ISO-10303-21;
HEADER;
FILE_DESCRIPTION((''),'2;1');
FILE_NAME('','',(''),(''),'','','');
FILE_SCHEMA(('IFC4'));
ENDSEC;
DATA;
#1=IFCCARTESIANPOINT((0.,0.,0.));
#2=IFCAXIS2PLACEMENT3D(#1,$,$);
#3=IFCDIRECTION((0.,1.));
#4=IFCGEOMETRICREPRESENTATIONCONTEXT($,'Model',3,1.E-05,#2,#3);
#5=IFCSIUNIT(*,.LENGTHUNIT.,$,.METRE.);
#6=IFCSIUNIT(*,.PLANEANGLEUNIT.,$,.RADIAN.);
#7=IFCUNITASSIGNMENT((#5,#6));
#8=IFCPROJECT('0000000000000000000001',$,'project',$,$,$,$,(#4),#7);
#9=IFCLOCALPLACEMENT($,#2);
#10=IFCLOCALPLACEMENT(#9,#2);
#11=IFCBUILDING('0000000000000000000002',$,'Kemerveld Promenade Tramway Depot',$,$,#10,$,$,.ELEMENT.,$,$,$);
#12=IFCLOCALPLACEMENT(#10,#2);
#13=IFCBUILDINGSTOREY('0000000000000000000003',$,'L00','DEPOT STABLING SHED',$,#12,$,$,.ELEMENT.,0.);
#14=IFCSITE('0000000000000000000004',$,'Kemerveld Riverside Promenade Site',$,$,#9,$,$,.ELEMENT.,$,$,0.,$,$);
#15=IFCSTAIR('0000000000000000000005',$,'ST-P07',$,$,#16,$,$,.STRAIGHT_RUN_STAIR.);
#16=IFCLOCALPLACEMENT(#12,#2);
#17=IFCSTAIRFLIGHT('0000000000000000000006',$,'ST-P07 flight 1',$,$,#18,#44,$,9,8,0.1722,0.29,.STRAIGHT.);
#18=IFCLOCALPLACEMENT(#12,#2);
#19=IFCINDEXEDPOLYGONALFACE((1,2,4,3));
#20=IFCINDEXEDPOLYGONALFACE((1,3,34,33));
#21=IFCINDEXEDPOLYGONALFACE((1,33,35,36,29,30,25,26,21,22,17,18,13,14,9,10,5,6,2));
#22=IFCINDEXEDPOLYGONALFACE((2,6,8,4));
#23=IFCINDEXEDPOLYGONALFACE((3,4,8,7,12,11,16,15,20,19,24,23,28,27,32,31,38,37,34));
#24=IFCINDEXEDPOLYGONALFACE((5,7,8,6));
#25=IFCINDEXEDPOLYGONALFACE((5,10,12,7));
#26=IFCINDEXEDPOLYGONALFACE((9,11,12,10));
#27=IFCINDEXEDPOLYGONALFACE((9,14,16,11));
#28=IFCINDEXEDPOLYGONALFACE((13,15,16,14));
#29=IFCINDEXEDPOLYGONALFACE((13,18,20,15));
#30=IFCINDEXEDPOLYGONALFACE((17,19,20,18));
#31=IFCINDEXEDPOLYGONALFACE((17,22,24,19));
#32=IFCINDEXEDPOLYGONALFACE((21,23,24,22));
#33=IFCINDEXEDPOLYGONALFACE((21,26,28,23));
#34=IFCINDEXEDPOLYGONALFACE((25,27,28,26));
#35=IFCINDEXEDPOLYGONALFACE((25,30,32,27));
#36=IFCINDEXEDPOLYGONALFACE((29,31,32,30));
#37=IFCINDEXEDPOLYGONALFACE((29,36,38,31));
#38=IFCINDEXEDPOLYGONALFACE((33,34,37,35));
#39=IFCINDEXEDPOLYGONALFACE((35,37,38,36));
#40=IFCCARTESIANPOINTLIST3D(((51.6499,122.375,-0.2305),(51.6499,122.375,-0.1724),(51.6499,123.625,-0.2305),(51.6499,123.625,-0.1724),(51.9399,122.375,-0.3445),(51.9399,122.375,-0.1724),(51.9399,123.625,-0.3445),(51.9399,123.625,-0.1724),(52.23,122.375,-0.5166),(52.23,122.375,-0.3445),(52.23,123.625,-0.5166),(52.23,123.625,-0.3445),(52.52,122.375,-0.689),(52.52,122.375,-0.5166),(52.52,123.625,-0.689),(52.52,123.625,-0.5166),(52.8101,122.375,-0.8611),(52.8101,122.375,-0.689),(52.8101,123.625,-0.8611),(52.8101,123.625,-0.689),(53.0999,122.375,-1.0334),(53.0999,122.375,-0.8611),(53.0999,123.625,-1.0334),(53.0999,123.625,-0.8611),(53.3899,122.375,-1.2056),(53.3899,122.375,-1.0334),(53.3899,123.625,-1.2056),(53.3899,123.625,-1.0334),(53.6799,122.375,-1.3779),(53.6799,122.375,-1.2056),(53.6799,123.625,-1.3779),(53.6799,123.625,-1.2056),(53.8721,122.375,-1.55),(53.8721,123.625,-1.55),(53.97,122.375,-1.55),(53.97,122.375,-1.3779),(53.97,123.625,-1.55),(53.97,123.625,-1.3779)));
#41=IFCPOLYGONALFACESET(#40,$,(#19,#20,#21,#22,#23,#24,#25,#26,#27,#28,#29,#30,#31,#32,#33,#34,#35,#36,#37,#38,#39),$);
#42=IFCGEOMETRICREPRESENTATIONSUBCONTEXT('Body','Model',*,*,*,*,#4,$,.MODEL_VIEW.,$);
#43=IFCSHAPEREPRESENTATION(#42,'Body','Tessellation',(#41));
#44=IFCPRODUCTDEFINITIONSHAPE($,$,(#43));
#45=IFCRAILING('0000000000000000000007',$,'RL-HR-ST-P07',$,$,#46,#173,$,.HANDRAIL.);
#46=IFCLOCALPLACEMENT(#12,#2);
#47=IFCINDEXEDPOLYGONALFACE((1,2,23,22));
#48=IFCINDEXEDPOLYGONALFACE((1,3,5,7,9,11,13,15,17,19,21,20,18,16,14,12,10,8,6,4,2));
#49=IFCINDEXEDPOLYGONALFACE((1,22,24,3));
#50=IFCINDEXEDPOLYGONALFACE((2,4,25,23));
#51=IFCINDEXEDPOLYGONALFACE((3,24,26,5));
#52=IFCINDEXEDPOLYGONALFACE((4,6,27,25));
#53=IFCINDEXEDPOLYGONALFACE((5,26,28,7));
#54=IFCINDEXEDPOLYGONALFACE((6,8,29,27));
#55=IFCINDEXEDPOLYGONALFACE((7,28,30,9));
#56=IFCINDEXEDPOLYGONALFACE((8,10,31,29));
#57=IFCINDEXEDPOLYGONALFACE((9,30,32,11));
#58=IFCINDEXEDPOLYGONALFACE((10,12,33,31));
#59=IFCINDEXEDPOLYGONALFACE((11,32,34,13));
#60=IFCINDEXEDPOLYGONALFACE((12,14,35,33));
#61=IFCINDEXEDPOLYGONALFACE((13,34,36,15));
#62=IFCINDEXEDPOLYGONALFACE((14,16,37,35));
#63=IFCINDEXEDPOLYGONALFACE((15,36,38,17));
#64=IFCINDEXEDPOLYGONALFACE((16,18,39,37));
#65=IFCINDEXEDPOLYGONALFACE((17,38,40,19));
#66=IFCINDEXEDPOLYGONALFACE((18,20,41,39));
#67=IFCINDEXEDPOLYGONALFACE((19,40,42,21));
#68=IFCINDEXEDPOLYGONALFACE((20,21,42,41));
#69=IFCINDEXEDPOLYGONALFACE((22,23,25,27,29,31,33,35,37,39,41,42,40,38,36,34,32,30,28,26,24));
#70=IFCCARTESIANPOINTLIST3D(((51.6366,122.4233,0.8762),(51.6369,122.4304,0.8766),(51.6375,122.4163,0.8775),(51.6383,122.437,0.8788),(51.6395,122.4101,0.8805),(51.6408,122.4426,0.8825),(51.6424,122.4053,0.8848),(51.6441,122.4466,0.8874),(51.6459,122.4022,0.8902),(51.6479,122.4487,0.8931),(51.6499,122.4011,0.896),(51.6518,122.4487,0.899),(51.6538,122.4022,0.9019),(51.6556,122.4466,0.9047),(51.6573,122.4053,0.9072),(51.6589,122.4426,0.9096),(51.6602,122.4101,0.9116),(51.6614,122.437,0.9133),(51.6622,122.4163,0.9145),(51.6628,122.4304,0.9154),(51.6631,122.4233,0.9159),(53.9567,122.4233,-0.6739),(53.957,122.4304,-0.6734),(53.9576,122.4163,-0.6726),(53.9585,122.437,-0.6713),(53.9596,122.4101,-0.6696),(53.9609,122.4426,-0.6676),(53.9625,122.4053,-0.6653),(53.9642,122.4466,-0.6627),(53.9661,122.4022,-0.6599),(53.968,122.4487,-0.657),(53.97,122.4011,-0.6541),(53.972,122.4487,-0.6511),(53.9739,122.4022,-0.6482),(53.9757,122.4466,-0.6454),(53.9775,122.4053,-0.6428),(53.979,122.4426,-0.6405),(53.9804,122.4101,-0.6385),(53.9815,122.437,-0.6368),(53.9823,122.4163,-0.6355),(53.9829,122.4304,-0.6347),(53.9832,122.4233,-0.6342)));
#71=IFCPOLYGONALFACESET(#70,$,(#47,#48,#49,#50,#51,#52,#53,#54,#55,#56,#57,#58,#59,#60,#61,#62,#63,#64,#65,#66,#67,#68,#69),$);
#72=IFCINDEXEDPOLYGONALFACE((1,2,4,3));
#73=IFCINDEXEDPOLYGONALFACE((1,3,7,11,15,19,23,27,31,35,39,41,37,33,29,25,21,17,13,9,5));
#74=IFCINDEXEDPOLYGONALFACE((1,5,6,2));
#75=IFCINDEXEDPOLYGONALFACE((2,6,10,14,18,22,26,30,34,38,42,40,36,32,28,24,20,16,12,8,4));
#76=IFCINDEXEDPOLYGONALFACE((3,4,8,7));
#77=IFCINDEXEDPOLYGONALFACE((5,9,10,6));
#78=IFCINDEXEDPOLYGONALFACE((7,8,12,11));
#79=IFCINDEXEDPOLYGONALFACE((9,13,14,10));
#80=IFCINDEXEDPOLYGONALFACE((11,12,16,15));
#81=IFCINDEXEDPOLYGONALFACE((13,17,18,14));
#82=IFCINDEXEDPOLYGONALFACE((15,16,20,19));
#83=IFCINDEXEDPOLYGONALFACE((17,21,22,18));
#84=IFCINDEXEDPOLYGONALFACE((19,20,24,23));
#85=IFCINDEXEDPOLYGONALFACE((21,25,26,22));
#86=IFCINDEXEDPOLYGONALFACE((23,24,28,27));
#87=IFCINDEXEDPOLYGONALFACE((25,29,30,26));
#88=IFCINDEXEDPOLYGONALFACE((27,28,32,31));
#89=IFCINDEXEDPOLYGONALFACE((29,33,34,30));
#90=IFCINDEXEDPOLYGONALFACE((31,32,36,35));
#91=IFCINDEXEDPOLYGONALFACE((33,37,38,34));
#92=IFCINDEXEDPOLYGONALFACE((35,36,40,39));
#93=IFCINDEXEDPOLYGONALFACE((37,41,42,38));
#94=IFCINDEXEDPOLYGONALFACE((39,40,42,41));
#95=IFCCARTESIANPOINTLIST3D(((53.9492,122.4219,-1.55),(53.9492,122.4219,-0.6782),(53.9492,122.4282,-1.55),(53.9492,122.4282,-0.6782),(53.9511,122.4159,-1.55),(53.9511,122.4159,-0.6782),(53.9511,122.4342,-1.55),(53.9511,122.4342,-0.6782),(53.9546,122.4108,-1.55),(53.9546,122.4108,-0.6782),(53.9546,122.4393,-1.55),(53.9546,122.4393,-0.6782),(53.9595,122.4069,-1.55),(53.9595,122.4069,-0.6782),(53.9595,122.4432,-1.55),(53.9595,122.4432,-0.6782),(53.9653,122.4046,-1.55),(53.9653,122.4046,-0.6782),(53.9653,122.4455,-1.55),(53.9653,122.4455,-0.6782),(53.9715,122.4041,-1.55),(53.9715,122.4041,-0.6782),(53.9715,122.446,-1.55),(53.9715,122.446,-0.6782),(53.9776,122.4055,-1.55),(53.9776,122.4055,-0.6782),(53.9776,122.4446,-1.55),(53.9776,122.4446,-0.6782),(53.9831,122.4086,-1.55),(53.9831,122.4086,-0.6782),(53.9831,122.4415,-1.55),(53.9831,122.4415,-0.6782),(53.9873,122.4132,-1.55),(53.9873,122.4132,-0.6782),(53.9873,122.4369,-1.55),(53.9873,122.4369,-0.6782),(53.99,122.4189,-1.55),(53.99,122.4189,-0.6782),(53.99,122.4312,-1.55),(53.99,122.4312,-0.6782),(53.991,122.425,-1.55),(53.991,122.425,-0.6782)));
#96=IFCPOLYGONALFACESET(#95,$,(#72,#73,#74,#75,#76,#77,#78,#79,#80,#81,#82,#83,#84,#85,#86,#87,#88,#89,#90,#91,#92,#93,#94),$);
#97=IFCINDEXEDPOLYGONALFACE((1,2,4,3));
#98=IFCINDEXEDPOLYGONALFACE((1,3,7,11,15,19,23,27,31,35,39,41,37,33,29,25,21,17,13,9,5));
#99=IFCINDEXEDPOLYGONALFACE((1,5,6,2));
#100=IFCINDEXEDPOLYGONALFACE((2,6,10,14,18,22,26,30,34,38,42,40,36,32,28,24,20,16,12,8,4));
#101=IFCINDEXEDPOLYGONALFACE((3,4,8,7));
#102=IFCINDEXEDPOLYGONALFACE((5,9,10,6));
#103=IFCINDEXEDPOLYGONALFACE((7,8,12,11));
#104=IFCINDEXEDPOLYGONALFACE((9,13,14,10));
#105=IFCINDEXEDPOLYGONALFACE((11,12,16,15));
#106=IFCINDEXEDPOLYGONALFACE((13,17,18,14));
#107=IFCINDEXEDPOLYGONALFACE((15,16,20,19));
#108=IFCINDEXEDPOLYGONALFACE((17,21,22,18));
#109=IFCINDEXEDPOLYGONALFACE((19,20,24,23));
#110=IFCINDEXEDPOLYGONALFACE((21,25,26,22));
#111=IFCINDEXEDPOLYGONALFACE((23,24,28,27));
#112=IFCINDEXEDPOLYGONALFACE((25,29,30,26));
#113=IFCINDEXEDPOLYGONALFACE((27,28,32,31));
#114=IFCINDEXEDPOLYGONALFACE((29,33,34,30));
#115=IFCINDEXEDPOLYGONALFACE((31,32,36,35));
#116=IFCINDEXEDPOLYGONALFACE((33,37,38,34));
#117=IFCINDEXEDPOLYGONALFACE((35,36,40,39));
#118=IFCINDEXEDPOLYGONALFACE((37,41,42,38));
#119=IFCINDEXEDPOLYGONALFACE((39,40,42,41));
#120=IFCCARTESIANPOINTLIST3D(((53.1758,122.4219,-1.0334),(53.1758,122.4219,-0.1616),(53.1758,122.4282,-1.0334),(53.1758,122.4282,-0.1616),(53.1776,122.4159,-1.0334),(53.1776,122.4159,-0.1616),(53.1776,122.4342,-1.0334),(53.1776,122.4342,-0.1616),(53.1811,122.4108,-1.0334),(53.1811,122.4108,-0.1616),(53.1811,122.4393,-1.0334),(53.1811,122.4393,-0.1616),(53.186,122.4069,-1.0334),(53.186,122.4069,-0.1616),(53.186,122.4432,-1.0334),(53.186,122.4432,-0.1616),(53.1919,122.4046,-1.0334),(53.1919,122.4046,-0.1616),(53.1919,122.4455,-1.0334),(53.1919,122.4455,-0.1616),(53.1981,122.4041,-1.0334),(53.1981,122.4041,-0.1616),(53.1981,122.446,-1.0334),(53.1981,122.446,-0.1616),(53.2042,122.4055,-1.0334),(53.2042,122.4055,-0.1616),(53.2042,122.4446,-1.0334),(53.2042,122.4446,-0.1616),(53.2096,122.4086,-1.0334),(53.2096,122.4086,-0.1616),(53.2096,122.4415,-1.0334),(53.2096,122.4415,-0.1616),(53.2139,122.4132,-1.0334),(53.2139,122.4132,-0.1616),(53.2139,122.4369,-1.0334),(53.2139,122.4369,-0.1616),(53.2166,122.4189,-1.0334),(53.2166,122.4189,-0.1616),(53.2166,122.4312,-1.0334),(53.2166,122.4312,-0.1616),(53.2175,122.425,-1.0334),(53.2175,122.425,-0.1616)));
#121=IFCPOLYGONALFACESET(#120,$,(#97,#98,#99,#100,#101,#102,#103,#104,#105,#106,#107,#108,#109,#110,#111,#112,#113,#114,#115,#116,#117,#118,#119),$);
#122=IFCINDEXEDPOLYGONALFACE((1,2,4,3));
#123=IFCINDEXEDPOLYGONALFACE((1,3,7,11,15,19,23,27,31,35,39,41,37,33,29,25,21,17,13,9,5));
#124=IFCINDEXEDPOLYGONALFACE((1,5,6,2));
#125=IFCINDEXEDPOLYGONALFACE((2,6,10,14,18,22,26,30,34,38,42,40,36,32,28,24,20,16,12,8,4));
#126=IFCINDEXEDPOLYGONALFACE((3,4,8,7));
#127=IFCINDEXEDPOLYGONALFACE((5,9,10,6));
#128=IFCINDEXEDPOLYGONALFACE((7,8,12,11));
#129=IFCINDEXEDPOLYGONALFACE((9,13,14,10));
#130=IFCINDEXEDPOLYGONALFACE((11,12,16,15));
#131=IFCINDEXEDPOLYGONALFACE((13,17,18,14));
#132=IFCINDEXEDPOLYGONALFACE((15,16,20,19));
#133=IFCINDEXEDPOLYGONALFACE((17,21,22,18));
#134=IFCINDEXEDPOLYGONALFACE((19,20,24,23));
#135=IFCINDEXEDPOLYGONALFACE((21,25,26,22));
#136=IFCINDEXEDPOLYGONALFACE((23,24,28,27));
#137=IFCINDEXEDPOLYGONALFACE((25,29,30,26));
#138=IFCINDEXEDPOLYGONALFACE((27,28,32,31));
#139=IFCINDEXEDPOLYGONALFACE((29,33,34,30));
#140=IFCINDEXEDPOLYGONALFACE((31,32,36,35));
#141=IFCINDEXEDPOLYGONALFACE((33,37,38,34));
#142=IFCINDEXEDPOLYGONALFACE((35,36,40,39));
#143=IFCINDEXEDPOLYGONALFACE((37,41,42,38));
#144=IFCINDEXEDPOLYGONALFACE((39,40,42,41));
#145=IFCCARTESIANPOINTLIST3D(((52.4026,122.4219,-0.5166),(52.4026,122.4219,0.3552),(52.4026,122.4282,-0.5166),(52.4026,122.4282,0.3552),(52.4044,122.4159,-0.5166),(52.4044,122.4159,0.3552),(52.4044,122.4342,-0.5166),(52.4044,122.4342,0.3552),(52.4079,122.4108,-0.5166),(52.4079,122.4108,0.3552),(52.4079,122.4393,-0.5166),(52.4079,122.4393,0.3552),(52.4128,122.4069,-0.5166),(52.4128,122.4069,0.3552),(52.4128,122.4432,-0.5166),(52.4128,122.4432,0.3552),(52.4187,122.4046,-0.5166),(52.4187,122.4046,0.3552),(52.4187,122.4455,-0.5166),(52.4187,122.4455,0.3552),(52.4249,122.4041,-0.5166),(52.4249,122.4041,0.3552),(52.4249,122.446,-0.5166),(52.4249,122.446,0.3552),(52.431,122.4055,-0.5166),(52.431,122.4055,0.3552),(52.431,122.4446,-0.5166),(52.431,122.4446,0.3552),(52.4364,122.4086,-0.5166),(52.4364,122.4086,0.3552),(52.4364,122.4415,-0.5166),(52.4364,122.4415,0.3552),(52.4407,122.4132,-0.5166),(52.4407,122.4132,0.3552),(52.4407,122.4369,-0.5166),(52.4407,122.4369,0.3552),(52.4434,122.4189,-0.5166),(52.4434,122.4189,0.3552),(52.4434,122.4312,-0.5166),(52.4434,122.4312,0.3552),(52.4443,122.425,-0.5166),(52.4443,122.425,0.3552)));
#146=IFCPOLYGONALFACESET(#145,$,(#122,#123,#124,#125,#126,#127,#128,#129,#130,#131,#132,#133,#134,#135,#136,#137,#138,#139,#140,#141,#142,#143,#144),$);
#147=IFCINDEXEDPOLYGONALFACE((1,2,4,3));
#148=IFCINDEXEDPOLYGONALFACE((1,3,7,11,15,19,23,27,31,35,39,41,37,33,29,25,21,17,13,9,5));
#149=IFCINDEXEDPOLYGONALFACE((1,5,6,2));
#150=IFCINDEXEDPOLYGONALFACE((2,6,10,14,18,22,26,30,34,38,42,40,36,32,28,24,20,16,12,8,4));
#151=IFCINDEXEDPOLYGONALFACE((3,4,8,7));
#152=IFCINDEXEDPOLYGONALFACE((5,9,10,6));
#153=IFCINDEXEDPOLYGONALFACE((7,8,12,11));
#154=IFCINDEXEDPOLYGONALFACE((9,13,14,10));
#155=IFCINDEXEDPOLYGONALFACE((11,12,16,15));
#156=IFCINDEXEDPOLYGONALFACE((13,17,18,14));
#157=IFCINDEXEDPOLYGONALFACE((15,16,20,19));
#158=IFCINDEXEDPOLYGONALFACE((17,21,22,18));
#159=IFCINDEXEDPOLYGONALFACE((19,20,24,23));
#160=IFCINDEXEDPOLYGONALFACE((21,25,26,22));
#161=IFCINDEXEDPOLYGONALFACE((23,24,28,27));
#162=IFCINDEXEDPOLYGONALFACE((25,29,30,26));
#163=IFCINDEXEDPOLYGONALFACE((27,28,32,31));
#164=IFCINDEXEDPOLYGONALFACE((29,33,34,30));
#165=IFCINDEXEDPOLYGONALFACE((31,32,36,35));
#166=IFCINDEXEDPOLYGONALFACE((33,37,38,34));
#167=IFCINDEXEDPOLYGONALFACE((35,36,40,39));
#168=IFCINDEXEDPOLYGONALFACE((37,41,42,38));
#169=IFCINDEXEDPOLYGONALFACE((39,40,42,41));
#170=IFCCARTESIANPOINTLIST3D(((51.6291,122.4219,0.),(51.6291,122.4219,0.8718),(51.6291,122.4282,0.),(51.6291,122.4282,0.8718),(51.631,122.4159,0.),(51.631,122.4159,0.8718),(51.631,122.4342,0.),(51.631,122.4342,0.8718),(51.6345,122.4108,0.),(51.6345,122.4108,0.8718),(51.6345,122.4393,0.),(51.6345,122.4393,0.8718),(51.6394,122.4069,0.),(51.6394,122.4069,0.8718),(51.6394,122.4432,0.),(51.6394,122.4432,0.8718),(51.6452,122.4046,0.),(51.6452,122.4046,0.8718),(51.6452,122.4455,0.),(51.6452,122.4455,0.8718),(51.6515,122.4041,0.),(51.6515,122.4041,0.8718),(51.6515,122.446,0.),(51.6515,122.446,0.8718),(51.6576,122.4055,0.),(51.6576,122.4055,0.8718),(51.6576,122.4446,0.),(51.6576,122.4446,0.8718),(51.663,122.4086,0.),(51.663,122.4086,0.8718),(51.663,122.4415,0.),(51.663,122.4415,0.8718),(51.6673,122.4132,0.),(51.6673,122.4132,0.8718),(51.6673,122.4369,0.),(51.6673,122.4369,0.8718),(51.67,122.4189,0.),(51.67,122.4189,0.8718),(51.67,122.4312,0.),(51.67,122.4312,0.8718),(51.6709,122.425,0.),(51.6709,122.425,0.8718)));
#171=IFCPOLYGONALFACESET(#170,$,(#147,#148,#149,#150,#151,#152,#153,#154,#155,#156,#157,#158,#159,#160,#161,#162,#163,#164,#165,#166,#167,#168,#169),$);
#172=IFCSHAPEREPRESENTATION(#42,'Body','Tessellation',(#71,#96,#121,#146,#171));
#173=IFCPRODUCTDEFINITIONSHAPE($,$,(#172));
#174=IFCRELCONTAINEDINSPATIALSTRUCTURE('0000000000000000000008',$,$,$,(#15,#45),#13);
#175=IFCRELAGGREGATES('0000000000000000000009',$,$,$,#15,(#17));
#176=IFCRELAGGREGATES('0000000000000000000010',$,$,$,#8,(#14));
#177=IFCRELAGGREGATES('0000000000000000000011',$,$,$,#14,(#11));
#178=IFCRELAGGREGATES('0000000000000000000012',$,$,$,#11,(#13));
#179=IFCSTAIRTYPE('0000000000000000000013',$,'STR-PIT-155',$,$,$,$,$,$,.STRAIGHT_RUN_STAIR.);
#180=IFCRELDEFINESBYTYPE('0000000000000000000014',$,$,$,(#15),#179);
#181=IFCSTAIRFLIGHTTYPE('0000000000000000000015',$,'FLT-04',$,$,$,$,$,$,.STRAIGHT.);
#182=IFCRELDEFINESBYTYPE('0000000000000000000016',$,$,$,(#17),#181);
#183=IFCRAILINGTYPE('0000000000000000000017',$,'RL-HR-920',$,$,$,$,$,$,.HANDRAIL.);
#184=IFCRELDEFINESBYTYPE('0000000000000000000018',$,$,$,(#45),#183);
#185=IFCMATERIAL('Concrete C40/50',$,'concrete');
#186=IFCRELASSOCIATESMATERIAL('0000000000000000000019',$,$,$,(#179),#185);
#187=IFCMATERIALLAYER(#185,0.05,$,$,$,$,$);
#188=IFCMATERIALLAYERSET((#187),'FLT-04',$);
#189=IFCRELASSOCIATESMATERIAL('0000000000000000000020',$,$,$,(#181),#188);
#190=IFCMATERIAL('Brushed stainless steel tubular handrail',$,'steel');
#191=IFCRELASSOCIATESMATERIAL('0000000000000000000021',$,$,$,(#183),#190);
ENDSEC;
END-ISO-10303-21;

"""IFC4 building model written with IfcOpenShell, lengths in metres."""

from ifc_helpers import new_model, si_unit, direction, frame, origin, origin_2d, place, context, subcontext, project, spatial, polyline, circle, outline, extrude, material, layer, layer_set, type_object, element, aggregate, save


model = new_model("IFC4")

# Units and contexts
model_context = context("Model", 3, precision=1e-05, world=origin(), true_north=direction((0.0, 1.0)))
body_context = subcontext(model_context, "Body", "Model", "MODEL_VIEW")
ifc_project = project(units=[si_unit("LENGTHUNIT", "METRE"), si_unit("PLANEANGLEUNIT", "RADIAN")], contexts=[model_context])

# Site, building, storey
site_placement = place(None, origin())
site = spatial("IfcSite", under=ifc_project, at=site_placement, Name="Kemerveld Riverside Promenade Site", CompositionType="ELEMENT", RefElevation=0.0)
building_placement = place(site_placement, origin())
building = spatial("IfcBuilding", under=site, at=building_placement, Name="Kemerveld Promenade Tramway Depot", CompositionType="ELEMENT")
storey_placement = place(building_placement, origin())
storey = spatial("IfcBuildingStorey", under=building, at=storey_placement, Name="L00", Description="DEPOT STABLING SHED", CompositionType="ELEMENT", Elevation=0.0)

# Stair, stair flight
ifc_material_1 = material(Name="Concrete C40/50", Category="concrete")
stair_type = type_object("IfcStairType", Name="STR-PIT-155", PredefinedType="STRAIGHT_RUN_STAIR", material=ifc_material_1)
stair_placement = place(storey_placement, origin())
stair = element("IfcStair", 1, at=stair_placement, inside=storey, type_object=stair_type, Name="ST-P07", PredefinedType="STRAIGHT_RUN_STAIR")
ifc_layer_1 = layer(ifc_material_1, 0.05)
ifc_layer_set_1 = layer_set([ifc_layer_1], Name="FLT-04")
stair_flight_type = type_object("IfcStairFlightType", Name="FLT-04", PredefinedType="STRAIGHT", material=ifc_layer_set_1)
stair_flight_placement = place(storey_placement, frame((53.97, 123.0, -1.55), z_axis=(0.0, 0.0, 1.0), x_axis=(-1.0, 0.0, 0.0)))
stair_flight = element("IfcStairFlight", 2, at=stair_flight_placement, type_object=stair_flight_type, Name="ST-P07 flight 1", NumberOfRisers=9, NumberOfTreads=8, PredefinedType="STRAIGHT", RiserHeight=0.1722, TreadLength=0.29, context=body_context, shape_type="SweptSolid", body=[
    extrude(outline(polyline([(0.0, 0.0), (0.0, 0.1721), (0.29, 0.1721), (0.29, 0.3445), (0.5801, 0.3445), (0.5801, 0.5166), (0.8701, 0.5166), (0.8701, 0.689), (1.1599, 0.689), (1.1599, 0.8611), (1.45, 0.8611), (1.45, 1.0334), (1.74, 1.0334), (1.74, 1.2056), (2.03, 1.2056), (2.03, 1.3777), (2.3201, 1.3777), (2.3201, 1.55), (2.3201, 1.3196), (0.0979, 0.0), (0.0, 0.0)])), frame((0.0, 0.625, 0.0), z_axis=(0.0, -1.0, 0.0), x_axis=(1.0, 0.0, 0.0)), (0.0, 0.0, 1.0), 1.25),
])
aggregate(stair, [stair_flight])

# Railing
ifc_material_2 = material(Name="Brushed stainless steel tubular handrail", Category="steel")
railing_type = type_object("IfcRailingType", Name="RL-HR-920", PredefinedType="HANDRAIL", material=ifc_material_2)
railing_placement = place(storey_placement, frame((53.97, 122.425, -1.55)))
element("IfcRailing", 3, at=railing_placement, inside=storey, type_object=railing_type, Name="RL-HR-ST-P07", PredefinedType="HANDRAIL", context=body_context, shape_type="SweptSolid", body=[
    extrude(circle(Radius=0.0239, at=origin_2d()), frame((0.0, 0.0, 0.896), z_axis=(-0.831498, 0.0, 0.555528), x_axis=(0.0, -1.0, 0.0)), (0.0, 0.0, 1.0), 2.7903),
    extrude(circle(Radius=0.021, at=origin_2d()), origin(), (0.0, 0.0, 1.0), 0.8718),
    extrude(circle(Radius=0.021, at=origin_2d()), frame((-0.7734, 0.0, 0.5166)), (0.0, 0.0, 1.0), 0.8718),
    extrude(circle(Radius=0.021, at=origin_2d()), frame((-1.5466, 0.0, 1.0334)), (0.0, 0.0, 1.0), 0.8718),
    extrude(circle(Radius=0.021, at=origin_2d()), frame((-2.3201, 0.0, 1.55)), (0.0, 0.0, 1.0), 0.8718),
])

save(model, "model.ifc")
